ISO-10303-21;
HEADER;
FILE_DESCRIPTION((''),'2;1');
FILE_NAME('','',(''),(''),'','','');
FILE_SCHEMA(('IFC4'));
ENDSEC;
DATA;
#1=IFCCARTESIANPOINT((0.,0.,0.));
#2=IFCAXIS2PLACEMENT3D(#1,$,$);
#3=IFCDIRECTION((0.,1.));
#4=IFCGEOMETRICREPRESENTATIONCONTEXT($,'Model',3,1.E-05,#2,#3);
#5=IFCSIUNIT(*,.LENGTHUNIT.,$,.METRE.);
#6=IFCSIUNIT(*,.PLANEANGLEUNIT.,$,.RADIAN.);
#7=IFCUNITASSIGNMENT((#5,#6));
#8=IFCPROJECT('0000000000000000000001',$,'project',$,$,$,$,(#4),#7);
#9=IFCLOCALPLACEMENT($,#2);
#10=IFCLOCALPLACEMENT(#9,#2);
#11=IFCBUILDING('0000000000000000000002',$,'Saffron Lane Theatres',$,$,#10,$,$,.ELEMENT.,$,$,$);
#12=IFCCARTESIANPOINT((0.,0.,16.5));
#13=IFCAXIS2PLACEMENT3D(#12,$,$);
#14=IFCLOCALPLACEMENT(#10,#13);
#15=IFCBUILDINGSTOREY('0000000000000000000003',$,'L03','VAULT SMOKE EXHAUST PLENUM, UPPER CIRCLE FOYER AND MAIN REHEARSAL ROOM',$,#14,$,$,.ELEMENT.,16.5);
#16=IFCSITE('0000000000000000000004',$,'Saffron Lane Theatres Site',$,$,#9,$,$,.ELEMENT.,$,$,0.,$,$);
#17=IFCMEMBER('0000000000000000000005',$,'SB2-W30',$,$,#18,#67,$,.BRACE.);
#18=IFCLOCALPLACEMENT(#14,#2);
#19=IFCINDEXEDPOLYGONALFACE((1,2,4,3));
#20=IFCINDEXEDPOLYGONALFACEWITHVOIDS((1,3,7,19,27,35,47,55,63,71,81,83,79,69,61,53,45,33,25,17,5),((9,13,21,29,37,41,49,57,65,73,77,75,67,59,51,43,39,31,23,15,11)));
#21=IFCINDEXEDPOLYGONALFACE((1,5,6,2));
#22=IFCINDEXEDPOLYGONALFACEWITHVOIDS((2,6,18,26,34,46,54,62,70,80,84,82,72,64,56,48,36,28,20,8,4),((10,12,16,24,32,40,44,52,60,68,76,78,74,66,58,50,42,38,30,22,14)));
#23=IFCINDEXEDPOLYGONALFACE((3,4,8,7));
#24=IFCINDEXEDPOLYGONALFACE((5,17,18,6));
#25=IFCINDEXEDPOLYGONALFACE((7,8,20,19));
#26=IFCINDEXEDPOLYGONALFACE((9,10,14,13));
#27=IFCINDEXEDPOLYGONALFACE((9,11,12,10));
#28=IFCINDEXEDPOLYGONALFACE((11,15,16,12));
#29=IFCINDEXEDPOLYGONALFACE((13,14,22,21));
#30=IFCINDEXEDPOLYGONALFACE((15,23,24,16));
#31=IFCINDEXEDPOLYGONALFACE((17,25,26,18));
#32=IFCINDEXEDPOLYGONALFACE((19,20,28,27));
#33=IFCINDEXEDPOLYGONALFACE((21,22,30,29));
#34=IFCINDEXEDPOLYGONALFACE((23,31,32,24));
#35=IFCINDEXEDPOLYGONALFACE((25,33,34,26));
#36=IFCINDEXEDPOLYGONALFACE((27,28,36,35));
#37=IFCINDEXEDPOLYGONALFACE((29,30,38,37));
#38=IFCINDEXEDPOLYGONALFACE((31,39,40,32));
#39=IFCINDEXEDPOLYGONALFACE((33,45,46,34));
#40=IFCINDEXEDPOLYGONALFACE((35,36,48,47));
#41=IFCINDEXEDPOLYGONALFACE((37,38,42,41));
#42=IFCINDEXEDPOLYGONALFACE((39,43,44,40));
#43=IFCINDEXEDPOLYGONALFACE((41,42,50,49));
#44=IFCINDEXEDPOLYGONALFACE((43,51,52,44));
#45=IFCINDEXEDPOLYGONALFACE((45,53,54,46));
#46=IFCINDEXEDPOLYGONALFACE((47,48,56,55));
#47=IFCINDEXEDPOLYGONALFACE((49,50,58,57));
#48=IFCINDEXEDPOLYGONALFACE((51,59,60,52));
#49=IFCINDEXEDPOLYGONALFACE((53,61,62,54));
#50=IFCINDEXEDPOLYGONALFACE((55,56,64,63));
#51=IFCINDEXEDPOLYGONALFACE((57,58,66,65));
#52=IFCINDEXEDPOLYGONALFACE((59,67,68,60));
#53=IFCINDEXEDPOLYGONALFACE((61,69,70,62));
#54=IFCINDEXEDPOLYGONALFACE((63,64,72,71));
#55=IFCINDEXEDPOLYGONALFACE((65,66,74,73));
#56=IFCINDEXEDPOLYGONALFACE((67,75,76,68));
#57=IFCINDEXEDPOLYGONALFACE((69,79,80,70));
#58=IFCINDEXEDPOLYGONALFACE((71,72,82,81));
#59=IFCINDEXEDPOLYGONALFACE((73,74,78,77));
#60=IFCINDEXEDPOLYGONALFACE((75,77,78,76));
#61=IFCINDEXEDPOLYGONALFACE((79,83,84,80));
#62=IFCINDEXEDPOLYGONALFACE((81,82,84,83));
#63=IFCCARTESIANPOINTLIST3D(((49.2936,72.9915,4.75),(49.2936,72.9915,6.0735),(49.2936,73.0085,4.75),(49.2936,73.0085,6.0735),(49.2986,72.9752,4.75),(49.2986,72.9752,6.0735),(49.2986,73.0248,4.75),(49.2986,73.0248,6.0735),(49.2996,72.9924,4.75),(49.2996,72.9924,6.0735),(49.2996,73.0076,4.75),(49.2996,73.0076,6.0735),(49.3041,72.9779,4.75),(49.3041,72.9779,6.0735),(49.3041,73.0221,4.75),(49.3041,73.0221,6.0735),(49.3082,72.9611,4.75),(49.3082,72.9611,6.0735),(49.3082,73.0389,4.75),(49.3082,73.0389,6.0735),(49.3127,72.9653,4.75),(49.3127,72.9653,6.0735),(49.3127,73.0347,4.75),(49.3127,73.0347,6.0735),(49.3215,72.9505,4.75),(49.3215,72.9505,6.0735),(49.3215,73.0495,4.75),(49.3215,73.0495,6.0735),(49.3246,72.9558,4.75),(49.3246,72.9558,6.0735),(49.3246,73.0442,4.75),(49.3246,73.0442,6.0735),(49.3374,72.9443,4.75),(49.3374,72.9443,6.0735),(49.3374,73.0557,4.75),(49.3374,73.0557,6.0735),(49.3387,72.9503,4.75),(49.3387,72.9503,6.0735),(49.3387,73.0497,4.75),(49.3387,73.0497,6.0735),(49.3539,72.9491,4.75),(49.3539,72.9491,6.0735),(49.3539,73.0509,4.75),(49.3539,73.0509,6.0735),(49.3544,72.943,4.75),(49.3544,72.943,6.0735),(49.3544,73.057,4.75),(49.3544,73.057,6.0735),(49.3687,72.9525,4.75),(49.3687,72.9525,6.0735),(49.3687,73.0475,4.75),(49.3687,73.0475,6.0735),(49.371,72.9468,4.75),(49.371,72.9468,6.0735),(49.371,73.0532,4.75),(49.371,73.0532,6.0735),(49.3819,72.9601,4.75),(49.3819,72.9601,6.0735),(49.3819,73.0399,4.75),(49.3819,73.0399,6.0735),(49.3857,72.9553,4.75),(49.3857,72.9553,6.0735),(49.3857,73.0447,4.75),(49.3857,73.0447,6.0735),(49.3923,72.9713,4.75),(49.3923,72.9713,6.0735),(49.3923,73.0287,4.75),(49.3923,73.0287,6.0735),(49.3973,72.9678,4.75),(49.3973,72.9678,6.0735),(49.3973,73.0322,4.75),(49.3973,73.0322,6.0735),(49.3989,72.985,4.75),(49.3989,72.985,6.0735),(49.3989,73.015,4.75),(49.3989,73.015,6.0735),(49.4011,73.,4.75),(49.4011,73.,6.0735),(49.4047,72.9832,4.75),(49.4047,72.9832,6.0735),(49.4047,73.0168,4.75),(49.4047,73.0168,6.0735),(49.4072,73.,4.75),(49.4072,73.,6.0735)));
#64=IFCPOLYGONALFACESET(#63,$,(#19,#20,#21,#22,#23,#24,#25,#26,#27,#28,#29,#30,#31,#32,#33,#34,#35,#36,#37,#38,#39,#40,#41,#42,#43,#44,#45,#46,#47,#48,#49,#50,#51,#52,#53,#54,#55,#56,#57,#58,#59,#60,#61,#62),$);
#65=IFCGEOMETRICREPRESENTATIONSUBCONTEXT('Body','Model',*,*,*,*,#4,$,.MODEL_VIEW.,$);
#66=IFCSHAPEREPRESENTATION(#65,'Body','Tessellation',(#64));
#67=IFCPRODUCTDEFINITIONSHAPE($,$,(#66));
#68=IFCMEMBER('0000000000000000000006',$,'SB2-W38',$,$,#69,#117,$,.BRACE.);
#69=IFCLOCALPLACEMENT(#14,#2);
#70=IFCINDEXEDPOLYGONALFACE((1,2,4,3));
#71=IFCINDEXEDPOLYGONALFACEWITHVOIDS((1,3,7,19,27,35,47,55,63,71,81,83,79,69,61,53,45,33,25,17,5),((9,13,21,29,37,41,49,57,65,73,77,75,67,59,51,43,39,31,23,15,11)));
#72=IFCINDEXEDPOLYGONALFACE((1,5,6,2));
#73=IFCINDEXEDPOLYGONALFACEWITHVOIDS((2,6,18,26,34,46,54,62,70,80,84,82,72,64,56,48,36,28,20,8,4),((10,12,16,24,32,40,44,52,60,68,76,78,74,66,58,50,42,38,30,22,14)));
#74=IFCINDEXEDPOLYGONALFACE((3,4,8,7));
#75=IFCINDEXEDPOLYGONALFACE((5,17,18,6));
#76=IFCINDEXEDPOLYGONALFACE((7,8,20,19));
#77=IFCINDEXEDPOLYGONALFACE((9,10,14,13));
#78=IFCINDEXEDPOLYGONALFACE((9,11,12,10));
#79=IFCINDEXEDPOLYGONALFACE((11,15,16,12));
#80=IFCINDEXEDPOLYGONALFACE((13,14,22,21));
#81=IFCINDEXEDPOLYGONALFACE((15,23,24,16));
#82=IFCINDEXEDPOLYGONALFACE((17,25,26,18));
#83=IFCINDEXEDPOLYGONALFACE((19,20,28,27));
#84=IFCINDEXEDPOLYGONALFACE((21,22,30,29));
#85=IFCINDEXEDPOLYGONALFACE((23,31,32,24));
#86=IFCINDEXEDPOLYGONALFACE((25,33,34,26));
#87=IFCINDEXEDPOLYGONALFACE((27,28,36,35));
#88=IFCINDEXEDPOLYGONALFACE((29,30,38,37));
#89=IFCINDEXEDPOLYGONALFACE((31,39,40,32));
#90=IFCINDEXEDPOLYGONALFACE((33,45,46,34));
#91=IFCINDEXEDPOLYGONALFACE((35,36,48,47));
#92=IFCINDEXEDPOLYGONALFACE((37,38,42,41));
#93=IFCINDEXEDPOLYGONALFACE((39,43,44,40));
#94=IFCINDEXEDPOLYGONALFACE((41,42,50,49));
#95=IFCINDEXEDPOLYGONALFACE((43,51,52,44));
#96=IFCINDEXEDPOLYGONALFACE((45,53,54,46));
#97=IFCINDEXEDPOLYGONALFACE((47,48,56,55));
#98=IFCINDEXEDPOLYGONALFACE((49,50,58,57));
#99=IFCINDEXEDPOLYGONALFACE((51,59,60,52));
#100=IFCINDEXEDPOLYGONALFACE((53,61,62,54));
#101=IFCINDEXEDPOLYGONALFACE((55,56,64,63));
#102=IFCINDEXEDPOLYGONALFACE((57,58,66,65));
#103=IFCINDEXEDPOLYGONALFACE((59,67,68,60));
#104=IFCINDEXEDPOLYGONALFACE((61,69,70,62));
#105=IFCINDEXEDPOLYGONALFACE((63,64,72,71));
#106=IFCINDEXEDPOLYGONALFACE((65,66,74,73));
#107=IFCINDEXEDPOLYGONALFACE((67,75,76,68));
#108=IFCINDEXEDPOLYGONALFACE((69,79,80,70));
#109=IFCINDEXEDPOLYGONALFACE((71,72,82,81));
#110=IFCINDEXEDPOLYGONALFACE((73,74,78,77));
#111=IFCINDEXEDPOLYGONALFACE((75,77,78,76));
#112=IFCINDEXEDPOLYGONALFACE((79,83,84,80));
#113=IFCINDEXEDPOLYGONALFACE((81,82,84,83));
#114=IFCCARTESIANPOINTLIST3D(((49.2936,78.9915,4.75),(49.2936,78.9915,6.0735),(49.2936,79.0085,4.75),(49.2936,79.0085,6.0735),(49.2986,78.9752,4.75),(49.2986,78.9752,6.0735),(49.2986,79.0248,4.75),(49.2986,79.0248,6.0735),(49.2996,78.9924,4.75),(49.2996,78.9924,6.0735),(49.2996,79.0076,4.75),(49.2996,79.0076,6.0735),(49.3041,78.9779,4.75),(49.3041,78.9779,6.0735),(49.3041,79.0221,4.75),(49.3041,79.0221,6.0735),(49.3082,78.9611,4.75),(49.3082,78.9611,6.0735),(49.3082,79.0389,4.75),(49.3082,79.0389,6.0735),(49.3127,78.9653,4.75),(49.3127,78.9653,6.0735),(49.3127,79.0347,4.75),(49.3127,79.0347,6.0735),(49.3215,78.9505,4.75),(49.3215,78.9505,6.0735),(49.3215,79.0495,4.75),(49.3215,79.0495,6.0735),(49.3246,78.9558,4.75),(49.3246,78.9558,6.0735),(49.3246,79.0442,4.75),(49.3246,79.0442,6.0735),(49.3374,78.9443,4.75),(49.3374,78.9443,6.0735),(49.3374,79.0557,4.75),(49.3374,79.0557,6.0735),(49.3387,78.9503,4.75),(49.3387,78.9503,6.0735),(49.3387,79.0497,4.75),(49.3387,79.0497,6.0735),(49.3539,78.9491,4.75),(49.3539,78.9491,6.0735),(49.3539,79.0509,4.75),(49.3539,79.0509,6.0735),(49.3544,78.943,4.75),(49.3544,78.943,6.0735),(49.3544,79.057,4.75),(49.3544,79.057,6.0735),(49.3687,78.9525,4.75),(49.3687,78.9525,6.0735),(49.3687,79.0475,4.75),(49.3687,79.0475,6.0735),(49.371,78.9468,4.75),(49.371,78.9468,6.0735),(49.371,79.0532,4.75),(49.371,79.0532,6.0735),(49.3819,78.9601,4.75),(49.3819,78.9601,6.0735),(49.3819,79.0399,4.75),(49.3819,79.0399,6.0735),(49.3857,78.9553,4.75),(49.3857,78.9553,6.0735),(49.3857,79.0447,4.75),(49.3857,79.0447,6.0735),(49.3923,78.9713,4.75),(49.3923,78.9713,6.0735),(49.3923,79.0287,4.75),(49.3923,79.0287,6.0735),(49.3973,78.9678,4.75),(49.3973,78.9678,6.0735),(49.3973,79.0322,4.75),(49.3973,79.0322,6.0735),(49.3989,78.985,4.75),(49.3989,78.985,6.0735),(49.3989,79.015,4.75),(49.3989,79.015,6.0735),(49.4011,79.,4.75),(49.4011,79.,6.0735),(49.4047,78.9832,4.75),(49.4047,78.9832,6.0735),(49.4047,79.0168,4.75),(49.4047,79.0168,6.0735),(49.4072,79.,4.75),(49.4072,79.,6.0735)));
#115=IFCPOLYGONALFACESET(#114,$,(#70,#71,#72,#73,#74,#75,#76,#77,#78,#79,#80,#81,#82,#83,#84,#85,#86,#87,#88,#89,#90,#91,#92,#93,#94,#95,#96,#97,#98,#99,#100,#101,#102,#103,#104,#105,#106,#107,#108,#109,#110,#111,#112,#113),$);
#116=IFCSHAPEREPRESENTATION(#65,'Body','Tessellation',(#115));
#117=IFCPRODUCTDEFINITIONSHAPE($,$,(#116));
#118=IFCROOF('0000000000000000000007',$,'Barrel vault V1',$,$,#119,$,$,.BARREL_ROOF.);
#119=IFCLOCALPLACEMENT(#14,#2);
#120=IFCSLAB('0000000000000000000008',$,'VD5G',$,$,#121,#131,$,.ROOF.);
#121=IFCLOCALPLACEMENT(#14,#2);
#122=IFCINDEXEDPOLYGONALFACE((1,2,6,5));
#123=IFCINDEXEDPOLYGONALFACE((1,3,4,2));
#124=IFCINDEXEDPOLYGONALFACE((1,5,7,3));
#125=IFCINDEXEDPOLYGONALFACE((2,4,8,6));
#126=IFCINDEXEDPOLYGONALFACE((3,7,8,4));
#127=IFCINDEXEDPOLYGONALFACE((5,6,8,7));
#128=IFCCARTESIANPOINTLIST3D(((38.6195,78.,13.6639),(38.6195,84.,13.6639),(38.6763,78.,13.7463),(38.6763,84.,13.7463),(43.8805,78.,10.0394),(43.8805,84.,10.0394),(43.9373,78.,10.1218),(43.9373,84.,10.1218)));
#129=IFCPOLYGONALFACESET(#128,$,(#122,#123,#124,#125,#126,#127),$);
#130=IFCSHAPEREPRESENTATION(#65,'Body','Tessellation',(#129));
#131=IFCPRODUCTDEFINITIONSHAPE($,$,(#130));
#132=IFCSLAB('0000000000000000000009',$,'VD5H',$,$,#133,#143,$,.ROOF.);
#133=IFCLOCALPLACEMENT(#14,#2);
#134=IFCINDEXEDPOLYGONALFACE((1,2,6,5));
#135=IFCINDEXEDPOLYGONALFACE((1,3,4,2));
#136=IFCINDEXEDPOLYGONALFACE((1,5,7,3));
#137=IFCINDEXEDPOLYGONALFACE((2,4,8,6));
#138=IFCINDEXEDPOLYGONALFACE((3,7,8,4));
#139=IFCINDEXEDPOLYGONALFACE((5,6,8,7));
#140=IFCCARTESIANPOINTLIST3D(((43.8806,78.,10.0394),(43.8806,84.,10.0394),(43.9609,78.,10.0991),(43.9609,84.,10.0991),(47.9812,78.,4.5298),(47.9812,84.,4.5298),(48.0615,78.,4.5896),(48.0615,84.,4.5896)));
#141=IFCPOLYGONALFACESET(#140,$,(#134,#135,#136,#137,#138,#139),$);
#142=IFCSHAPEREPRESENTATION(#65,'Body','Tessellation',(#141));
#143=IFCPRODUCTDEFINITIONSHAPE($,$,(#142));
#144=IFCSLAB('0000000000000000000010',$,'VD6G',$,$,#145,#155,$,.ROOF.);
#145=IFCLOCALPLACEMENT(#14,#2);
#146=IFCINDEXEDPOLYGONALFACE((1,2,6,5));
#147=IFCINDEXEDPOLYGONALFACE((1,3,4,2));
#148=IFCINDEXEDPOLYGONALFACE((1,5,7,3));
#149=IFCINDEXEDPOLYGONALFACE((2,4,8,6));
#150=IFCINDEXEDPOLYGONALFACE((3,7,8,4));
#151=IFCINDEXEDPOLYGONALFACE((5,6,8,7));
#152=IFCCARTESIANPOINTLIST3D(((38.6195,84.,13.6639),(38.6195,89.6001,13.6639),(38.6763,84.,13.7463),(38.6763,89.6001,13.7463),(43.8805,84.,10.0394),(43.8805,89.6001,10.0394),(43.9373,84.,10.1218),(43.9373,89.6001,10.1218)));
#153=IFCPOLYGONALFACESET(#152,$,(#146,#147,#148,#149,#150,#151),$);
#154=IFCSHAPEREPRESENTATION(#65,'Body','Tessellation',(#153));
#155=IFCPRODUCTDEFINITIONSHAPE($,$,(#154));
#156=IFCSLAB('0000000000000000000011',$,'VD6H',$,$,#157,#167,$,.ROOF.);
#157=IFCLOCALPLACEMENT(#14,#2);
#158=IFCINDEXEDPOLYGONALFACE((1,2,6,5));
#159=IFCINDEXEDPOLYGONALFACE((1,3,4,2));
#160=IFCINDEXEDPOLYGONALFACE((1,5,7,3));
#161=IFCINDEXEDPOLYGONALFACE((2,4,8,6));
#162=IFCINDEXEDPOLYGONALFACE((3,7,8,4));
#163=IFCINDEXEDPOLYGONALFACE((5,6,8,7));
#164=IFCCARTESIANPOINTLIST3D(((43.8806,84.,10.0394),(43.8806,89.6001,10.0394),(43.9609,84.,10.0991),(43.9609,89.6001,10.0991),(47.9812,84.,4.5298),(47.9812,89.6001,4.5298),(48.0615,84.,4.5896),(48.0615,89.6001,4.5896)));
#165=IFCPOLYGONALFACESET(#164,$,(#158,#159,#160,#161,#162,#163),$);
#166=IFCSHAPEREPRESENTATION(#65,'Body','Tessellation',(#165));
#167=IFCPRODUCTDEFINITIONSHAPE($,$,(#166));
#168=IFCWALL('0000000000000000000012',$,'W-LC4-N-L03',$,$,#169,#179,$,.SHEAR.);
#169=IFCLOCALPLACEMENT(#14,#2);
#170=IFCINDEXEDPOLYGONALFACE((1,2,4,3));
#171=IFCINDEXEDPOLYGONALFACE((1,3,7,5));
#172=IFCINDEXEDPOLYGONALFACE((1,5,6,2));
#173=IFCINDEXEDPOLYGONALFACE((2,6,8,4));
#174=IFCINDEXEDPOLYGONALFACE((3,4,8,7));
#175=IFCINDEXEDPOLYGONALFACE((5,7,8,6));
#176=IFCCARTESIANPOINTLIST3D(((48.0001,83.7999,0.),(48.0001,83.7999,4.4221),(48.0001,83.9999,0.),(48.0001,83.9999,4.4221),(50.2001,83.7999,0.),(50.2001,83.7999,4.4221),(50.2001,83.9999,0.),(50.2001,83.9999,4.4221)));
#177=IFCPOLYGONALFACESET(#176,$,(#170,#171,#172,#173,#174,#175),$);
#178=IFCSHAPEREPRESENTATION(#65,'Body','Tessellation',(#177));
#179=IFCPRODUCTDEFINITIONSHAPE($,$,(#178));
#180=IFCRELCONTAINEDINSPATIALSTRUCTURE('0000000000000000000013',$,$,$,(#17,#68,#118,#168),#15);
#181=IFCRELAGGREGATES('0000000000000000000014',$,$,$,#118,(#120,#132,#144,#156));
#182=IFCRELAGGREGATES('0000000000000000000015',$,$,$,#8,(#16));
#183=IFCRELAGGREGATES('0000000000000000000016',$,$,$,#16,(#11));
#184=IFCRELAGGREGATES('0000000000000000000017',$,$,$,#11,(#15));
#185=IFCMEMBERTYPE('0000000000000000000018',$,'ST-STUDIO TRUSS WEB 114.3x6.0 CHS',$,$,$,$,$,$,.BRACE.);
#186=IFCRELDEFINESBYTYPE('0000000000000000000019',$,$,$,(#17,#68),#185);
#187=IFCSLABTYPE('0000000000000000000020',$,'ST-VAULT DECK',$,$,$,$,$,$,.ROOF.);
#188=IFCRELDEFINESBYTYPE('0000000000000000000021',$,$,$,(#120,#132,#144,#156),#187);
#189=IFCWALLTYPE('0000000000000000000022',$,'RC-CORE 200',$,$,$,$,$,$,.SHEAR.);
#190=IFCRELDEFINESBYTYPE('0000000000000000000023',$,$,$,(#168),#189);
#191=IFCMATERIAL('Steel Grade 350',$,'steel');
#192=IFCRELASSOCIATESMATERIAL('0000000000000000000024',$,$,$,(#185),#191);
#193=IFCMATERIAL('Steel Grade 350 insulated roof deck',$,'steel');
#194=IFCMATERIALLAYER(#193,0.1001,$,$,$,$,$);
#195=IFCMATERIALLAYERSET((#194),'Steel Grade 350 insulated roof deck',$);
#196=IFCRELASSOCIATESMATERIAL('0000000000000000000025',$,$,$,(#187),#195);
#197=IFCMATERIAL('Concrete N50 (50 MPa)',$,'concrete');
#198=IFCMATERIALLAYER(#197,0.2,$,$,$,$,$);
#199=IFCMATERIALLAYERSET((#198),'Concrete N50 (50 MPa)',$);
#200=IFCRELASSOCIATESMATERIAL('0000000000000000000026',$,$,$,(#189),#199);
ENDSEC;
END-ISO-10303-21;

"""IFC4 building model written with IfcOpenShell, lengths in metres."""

from ifc_helpers import new_model, si_unit, direction, frame, frame_2d, origin, origin_2d, place, context, subcontext, project, spatial, polyline, rectangle, hollow_circle, outline, extrude, material, layer, layer_set, material_profile, profile_set, type_object, element, aggregate, save


model = new_model("IFC4")

# Units and contexts
model_context = context("Model", 3, precision=1e-05, world=origin(), true_north=direction((0.0, 1.0)))
body_context = subcontext(model_context, "Body", "Model", "MODEL_VIEW")
ifc_project = project(units=[si_unit("LENGTHUNIT", "METRE"), si_unit("PLANEANGLEUNIT", "RADIAN")], contexts=[model_context])

# Site, building, storey
site_placement = place(None, origin())
site = spatial("IfcSite", under=ifc_project, at=site_placement, Name="Saffron Lane Theatres Site", CompositionType="ELEMENT", RefElevation=0.0)
building_placement = place(site_placement, origin())
building = spatial("IfcBuilding", under=site, at=building_placement, Name="Saffron Lane Theatres", CompositionType="ELEMENT")
storey_placement = place(building_placement, frame((0.0, 0.0, 16.5)))
storey = spatial("IfcBuildingStorey", under=building, at=storey_placement, Name="L03", Description="VAULT SMOKE EXHAUST PLENUM, UPPER CIRCLE FOYER AND MAIN REHEARSAL ROOM", CompositionType="ELEMENT", Elevation=16.5)

# Members
ifc_material_1 = material(Name="Steel Grade 350", Category="steel")
ifc_material_profile_1 = material_profile(ifc_material_1, hollow_circle(Radius=0.0571, WallThickness=0.0061, at=origin_2d()))
ifc_profile_set_1 = profile_set([ifc_material_profile_1], Name="Steel Grade 350")
member_type_1 = type_object("IfcMemberType", Name="ST-STUDIO TRUSS WEB 114.3x6.0 CHS", PredefinedType="BRACE", material=ifc_profile_set_1)
for number, where, z_axis, x_axis, name in (
    (1, (49.3501, 73.0, 4.75), (0.0, 0.0, 1.0), (1.0, 0.0, 0.0), "SB2-W30"),
    (2, (49.3501, 79.0, 4.75), (0.0, 0.0, 1.0), (1.0, 0.0, 0.0), "SB2-W38"),
):
    element("IfcMember", number, at=place(storey_placement, frame(where, z_axis=z_axis, x_axis=x_axis)), inside=storey, type_object=member_type_1, Name=name, PredefinedType="BRACE", context=body_context, shape_type="SweptSolid", body=[
        extrude(hollow_circle(Radius=0.0571, WallThickness=0.0061, at=origin_2d()), origin(), (0.0, 0.0, 1.0), 1.3235),
    ])

# Roof, slabs
roof_placement = place(storey_placement, origin())
roof = element("IfcRoof", 3, at=roof_placement, inside=storey, Name="Barrel vault V1", PredefinedType="BARREL_ROOF")
ifc_material_2 = material(Name="Steel Grade 350 insulated roof deck", Category="steel")
ifc_layer_1 = layer(ifc_material_2, 0.1001)
ifc_layer_set_1 = layer_set([ifc_layer_1], Name="Steel Grade 350 insulated roof deck")
slab_type = type_object("IfcSlabType", Name="ST-VAULT DECK", PredefinedType="ROOF", material=ifc_layer_set_1)
slab_1_placement = place(storey_placement, frame((38.6763, 78.0, 13.7463), z_axis=(0.567335, 0.0, 0.823487), x_axis=(0.823487, 0.0, -0.567335)))
slab_1 = element("IfcSlab", 4, at=slab_1_placement, type_object=slab_type, Name="VD5G", PredefinedType="ROOF", context=body_context, shape_type="SweptSolid", body=[
    extrude(outline(polyline([(0.0, 0.0), (6.3887, 0.0), (6.3887, 6.0), (0.0, 6.0), (0.0, 0.0)])), origin(), (0.0, 0.0, -1.0), 0.1001),
])
slab_2_placement = place(storey_placement, frame((43.9609, 78.0, 10.0991), z_axis=(0.8022, 0.0, 0.597055), x_axis=(0.597055, 0.0, -0.8022)))
slab_2 = element("IfcSlab", 5, at=slab_2_placement, type_object=slab_type, Name="VD5H", PredefinedType="ROOF", context=body_context, shape_type="SweptSolid", body=[
    extrude(outline(polyline([(0.0, 0.0), (6.868, 0.0), (6.868, 6.0), (0.0, 6.0), (0.0, 0.0)])), origin(), (0.0, 0.0, -1.0), 0.1001),
])
slab_3_placement = place(storey_placement, frame((38.6763, 84.0, 13.7463), z_axis=(0.567335, 0.0, 0.823487), x_axis=(0.823487, 0.0, -0.567335)))
slab_3 = element("IfcSlab", 6, at=slab_3_placement, type_object=slab_type, Name="VD6G", PredefinedType="ROOF", context=body_context, shape_type="SweptSolid", body=[
    extrude(outline(polyline([(0.0, 0.0), (6.3887, 0.0), (6.3887, 5.6001), (0.0, 5.6001), (0.0, 0.0)])), origin(), (0.0, 0.0, -1.0), 0.1001),
])
slab_4_placement = place(storey_placement, frame((43.9609, 84.0, 10.0991), z_axis=(0.8022, 0.0, 0.597055), x_axis=(0.597055, 0.0, -0.8022)))
slab_4 = element("IfcSlab", 7, at=slab_4_placement, type_object=slab_type, Name="VD6H", PredefinedType="ROOF", context=body_context, shape_type="SweptSolid", body=[
    extrude(outline(polyline([(0.0, 0.0), (6.868, 0.0), (6.868, 5.6001), (0.0, 5.6001), (0.0, 0.0)])), origin(), (0.0, 0.0, -1.0), 0.1001),
])
aggregate(roof, [slab_1, slab_2, slab_3, slab_4])

# Wall
ifc_material_3 = material(Name="Concrete N50 (50 MPa)", Category="concrete")
ifc_layer_2 = layer(ifc_material_3, 0.2)
ifc_layer_set_2 = layer_set([ifc_layer_2], Name="Concrete N50 (50 MPa)")
wall_type = type_object("IfcWallType", Name="RC-CORE 200", PredefinedType="SHEAR", material=ifc_layer_set_2)
wall_1_placement = place(storey_placement, frame((48.0, 83.8999, 0.0), z_axis=(0.0, 0.0, 1.0), x_axis=(1.0, 0.0, 0.0)))
element("IfcWall", 8, at=wall_1_placement, inside=storey, type_object=wall_type, Name="W-LC4-N-L03", PredefinedType="SHEAR", context=body_context, shape_type="SweptSolid", body=[
    extrude(rectangle(XDim=2.2, YDim=0.2, at=frame_2d((1.1001, 0.0))), origin(), (0.0, 0.0, 1.0), 4.4221),
])

save(model, "model.ifc")
